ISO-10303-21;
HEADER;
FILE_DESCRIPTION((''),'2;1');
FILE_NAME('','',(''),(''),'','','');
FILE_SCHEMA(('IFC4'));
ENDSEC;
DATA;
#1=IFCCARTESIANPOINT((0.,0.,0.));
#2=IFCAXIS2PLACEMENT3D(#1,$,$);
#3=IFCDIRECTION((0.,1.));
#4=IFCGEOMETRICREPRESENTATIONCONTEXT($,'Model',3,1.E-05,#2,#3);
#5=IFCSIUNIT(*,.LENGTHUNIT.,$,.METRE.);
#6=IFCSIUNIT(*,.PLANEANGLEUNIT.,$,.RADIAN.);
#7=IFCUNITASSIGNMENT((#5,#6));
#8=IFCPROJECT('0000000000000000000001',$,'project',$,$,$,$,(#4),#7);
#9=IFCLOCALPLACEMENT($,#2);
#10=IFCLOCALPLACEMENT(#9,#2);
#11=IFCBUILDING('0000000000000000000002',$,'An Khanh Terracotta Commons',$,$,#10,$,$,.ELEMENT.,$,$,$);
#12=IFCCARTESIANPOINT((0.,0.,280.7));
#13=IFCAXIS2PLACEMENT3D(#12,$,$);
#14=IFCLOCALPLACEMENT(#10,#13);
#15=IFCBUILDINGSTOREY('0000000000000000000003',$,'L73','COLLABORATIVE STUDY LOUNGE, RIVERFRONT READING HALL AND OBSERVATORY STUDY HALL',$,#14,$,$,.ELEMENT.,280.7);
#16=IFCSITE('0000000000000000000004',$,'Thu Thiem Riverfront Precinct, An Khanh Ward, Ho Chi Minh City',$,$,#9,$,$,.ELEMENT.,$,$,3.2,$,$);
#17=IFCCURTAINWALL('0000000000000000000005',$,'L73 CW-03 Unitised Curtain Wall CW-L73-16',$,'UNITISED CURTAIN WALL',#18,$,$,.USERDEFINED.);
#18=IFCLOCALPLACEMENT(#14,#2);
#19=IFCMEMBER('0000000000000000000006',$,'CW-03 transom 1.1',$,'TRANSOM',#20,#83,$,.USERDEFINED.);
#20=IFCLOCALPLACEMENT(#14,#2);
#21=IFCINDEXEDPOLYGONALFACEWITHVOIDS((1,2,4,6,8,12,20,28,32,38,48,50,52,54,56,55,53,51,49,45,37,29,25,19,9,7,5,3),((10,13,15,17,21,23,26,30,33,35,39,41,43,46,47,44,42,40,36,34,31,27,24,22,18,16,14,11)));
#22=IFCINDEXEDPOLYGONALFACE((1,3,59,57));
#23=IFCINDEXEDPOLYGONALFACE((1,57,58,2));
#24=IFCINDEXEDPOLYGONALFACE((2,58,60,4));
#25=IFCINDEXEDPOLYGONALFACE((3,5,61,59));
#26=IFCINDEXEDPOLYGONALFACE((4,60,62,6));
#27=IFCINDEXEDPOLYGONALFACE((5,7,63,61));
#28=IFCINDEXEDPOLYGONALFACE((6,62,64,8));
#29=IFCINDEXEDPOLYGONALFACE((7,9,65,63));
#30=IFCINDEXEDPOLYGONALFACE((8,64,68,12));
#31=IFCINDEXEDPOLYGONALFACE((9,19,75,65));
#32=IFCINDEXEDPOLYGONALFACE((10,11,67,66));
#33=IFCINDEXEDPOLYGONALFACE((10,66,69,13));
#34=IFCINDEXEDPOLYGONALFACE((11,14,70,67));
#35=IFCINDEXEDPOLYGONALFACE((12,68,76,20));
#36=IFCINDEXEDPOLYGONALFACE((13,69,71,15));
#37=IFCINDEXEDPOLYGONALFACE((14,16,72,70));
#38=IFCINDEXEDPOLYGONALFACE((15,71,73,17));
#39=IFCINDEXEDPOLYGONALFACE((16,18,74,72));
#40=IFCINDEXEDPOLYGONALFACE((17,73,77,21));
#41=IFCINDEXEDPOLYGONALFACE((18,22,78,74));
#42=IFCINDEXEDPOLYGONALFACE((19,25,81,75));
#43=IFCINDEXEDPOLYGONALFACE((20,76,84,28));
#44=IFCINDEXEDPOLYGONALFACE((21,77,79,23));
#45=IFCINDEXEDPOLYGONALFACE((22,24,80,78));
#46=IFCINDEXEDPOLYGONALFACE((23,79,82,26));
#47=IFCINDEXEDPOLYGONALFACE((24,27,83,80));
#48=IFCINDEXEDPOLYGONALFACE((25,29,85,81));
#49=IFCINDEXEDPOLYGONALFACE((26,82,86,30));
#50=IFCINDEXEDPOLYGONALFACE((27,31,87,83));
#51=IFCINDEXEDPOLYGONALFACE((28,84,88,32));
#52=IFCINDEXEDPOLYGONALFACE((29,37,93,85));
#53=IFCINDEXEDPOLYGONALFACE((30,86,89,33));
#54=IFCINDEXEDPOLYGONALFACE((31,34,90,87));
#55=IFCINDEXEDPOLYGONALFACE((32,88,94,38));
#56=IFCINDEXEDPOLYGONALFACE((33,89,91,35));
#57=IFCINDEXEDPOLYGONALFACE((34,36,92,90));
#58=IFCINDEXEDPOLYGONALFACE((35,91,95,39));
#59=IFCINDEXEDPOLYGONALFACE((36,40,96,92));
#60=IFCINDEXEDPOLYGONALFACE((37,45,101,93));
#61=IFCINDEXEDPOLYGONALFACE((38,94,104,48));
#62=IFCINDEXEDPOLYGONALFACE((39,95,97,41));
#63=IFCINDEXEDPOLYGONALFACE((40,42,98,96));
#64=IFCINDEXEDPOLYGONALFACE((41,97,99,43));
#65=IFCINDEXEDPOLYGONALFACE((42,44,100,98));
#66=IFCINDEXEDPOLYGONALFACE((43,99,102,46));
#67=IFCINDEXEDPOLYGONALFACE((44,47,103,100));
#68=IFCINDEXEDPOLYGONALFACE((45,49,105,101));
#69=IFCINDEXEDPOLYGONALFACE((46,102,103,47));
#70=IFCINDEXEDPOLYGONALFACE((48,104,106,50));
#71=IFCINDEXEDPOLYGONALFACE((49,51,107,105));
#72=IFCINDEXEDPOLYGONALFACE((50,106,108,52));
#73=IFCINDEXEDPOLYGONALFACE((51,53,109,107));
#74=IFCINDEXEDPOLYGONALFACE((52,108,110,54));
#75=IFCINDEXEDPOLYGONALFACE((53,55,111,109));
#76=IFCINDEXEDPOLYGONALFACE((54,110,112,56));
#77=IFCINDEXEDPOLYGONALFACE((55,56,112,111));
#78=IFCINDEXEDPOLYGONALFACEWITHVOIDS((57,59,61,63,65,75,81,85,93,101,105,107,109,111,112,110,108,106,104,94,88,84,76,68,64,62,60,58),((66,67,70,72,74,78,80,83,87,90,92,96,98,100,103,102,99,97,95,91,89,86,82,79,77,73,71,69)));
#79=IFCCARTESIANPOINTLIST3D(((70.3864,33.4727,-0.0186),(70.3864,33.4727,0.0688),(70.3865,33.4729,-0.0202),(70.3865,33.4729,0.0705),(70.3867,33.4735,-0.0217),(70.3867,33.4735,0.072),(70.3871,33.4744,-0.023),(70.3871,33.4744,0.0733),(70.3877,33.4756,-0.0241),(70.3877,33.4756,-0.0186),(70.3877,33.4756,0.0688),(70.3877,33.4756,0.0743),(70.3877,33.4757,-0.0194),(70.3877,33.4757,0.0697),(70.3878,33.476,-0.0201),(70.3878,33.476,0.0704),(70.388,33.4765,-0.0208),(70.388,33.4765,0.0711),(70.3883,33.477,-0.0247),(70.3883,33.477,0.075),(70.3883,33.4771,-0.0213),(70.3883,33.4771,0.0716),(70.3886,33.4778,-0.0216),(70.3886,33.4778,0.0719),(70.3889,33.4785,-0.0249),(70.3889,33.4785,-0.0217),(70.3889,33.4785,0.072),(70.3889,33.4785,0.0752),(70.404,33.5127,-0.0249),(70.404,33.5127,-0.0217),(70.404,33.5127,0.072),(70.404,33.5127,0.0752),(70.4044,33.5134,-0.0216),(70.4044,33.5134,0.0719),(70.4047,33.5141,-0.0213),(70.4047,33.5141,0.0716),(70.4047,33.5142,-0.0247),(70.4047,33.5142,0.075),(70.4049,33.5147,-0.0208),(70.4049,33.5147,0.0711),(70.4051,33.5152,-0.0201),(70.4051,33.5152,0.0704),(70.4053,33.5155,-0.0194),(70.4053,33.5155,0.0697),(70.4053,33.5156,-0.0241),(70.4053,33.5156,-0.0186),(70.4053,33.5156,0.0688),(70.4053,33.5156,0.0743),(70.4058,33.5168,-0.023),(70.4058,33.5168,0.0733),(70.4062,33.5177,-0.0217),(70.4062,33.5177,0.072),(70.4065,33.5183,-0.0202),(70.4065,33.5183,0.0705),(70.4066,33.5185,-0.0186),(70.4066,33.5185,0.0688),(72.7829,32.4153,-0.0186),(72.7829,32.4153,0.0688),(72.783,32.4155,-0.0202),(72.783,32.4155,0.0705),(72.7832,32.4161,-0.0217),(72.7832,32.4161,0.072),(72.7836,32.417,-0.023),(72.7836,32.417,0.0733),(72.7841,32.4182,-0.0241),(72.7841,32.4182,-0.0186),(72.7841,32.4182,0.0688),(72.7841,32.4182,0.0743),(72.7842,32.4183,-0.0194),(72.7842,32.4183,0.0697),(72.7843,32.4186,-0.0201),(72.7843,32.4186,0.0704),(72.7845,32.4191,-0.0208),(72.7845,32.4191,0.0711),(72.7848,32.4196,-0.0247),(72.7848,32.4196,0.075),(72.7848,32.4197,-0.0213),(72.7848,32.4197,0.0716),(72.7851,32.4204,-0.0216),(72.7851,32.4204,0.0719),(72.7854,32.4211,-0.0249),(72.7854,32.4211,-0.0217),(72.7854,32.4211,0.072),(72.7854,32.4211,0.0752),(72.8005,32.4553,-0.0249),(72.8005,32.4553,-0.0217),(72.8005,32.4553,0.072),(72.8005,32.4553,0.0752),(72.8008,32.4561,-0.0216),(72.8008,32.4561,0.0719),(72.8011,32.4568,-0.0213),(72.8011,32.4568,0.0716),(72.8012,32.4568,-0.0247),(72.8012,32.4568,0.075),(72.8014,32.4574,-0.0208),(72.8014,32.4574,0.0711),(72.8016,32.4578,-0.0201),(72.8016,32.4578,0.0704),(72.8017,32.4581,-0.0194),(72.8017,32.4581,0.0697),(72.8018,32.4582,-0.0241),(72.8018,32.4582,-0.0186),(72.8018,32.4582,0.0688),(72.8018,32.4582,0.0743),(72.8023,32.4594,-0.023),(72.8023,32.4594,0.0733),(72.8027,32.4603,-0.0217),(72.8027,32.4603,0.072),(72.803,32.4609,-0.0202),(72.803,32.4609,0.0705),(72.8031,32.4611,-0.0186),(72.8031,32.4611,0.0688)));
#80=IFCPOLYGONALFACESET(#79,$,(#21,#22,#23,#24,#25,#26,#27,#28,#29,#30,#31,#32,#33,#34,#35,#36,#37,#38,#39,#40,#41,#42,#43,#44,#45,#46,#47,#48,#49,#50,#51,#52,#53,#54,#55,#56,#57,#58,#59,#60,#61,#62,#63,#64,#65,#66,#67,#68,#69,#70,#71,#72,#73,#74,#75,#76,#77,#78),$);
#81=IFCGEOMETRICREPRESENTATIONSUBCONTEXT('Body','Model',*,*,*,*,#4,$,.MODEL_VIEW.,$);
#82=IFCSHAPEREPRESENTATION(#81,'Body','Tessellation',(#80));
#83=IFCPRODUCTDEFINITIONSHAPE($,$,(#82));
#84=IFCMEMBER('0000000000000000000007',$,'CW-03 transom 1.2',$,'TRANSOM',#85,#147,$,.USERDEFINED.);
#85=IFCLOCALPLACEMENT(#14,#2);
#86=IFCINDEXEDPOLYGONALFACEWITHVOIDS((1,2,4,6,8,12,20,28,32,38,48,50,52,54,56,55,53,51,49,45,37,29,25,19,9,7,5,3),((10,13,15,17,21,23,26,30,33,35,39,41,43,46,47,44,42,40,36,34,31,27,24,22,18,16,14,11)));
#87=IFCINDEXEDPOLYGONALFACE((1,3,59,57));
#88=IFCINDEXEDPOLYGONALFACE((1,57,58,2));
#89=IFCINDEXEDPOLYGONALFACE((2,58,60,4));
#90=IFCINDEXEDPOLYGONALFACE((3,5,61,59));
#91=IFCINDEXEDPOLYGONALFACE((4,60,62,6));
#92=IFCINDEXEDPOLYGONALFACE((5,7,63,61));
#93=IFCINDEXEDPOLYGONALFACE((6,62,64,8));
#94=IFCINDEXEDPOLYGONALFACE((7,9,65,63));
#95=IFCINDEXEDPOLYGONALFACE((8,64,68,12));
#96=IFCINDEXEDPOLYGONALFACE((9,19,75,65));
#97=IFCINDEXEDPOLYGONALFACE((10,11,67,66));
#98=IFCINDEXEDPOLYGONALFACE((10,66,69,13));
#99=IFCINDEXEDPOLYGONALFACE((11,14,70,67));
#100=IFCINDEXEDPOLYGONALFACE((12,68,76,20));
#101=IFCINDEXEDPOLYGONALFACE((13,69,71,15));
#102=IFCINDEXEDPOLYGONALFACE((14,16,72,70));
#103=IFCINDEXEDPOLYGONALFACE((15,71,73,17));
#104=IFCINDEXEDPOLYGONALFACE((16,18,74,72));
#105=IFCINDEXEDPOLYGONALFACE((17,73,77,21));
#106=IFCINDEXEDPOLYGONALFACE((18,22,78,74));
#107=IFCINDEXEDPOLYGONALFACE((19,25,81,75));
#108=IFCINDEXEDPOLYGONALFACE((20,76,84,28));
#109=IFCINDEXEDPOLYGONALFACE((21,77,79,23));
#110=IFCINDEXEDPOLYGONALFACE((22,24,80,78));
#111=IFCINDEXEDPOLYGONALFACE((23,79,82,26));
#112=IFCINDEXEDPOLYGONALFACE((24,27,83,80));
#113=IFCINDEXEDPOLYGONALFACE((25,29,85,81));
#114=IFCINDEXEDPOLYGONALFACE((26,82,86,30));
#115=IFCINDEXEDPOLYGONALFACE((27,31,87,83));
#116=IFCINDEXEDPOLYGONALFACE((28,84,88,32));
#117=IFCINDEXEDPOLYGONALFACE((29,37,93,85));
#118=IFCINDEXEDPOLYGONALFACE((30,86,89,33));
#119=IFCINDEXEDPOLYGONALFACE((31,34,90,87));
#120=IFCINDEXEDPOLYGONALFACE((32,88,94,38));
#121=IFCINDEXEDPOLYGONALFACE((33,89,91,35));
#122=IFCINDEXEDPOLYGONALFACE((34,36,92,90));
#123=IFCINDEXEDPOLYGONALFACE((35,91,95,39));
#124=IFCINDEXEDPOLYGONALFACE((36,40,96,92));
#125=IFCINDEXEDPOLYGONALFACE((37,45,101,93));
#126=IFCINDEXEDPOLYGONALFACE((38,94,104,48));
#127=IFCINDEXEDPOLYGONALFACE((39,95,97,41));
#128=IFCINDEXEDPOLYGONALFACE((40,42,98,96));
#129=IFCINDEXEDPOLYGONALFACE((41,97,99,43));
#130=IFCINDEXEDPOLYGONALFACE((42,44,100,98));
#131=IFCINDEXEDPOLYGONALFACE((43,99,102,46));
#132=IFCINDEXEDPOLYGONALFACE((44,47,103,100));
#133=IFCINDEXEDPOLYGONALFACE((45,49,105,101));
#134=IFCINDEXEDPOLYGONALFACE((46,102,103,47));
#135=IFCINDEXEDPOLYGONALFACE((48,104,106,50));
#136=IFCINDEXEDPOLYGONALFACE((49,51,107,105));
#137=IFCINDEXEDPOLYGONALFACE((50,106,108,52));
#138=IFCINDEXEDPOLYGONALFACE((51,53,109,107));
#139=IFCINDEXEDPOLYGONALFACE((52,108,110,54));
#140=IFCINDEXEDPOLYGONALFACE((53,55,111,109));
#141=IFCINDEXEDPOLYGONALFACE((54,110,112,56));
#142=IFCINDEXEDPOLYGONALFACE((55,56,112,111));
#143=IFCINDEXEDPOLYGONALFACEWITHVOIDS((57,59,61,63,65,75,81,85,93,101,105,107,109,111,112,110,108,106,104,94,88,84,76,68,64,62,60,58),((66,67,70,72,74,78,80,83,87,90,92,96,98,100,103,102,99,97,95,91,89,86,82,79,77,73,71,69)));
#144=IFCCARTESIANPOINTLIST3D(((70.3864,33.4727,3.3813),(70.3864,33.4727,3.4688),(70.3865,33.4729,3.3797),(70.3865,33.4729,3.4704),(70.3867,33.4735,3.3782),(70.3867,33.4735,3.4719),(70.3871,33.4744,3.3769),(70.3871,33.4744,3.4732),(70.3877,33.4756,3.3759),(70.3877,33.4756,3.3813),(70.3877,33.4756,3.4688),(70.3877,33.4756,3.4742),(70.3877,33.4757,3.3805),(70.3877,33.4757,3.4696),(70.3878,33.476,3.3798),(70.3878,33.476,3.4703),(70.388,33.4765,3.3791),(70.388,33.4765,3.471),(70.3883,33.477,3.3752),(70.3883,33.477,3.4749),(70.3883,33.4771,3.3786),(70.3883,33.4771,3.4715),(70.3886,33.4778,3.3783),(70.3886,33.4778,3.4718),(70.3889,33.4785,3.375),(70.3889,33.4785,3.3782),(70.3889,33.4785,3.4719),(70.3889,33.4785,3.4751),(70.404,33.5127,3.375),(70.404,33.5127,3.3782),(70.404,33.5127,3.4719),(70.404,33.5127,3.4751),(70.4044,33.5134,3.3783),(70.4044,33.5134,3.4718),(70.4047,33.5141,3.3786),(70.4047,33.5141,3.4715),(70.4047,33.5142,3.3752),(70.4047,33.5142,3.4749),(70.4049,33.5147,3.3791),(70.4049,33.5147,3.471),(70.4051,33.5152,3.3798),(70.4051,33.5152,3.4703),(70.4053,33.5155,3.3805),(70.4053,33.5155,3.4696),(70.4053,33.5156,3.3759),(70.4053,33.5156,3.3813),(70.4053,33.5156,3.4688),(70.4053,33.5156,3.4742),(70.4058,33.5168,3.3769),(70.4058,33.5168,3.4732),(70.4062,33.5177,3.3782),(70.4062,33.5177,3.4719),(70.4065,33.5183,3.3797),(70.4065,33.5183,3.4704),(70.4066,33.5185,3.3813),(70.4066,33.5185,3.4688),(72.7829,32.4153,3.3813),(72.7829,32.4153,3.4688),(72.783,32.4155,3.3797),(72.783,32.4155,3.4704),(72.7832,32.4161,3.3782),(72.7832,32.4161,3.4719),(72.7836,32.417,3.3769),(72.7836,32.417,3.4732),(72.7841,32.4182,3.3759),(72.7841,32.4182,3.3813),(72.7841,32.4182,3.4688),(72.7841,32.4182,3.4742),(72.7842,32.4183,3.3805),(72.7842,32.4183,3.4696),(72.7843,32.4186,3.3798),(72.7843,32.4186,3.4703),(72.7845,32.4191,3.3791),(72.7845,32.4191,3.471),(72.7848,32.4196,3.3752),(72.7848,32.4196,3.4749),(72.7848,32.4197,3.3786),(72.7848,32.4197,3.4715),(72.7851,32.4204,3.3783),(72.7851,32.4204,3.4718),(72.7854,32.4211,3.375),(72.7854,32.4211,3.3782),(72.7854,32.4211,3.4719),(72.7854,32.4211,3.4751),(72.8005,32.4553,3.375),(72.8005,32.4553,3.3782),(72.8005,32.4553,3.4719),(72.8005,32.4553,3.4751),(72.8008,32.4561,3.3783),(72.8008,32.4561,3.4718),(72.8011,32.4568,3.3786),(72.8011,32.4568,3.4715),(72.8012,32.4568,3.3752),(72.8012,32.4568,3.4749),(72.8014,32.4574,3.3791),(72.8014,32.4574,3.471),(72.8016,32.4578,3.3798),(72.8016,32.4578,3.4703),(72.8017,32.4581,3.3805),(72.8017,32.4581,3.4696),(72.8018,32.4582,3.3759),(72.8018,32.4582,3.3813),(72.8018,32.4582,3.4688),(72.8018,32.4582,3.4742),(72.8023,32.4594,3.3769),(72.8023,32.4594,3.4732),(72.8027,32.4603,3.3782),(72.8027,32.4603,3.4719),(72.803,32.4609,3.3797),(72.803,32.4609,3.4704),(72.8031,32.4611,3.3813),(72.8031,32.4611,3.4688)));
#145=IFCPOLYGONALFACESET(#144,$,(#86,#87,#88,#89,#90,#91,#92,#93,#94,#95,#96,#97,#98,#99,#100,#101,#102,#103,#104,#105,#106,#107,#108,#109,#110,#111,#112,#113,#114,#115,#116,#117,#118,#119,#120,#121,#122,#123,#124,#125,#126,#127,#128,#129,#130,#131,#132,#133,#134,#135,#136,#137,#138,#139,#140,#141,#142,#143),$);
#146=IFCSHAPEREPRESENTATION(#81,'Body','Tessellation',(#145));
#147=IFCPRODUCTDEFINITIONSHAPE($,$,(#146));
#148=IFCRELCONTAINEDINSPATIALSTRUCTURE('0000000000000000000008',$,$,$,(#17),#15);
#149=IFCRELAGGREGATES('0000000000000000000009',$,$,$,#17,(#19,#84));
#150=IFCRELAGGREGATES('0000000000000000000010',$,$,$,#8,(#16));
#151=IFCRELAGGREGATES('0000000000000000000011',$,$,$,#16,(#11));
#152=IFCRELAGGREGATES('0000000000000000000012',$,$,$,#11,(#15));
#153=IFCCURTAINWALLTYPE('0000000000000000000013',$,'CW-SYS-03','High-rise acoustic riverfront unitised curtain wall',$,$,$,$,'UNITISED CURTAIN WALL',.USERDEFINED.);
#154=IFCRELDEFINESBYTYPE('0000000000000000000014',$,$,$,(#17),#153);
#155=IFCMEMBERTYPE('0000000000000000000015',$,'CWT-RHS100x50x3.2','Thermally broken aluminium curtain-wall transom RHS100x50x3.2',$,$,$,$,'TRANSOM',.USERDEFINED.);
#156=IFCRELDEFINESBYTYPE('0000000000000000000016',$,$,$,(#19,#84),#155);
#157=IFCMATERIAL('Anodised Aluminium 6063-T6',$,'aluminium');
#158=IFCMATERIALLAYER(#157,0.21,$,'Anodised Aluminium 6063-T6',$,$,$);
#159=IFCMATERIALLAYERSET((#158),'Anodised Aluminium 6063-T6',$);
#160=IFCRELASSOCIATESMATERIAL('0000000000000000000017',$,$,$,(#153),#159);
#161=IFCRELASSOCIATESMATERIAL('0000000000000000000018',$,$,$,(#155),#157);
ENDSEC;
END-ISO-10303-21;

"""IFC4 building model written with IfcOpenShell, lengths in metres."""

from ifc_helpers import new_model, si_unit, direction, frame, origin, origin_2d, place, context, subcontext, project, spatial, hollow_rectangle, extrude, material, layer, layer_set, material_profile, profile_set, type_object, element, aggregate, save


model = new_model("IFC4")

# Units and contexts
model_context = context("Model", 3, precision=1e-05, world=origin(), true_north=direction((0.0, 1.0)))
body_context = subcontext(model_context, "Body", "Model", "MODEL_VIEW")
ifc_project = project(units=[si_unit("LENGTHUNIT", "METRE"), si_unit("PLANEANGLEUNIT", "RADIAN")], contexts=[model_context])

# Site, building, storey
site_placement = place(None, origin())
site = spatial("IfcSite", under=ifc_project, at=site_placement, Name="Thu Thiem Riverfront Precinct, An Khanh Ward, Ho Chi Minh City", CompositionType="ELEMENT", RefElevation=3.2)
building_placement = place(site_placement, origin())
building = spatial("IfcBuilding", under=site, at=building_placement, Name="An Khanh Terracotta Commons", CompositionType="ELEMENT")
storey_placement = place(building_placement, frame((0.0, 0.0, 280.7)))
storey = spatial("IfcBuildingStorey", under=building, at=storey_placement, Name="L73", Description="COLLABORATIVE STUDY LOUNGE, RIVERFRONT READING HALL AND OBSERVATORY STUDY HALL", CompositionType="ELEMENT", Elevation=280.7)

# Curtain wall
ifc_material_1 = material(Name="Anodised Aluminium 6063-T6", Category="aluminium")
ifc_layer_1 = layer(ifc_material_1, 0.21, Name="Anodised Aluminium 6063-T6")
ifc_layer_set_1 = layer_set([ifc_layer_1], Name="Anodised Aluminium 6063-T6")
curtain_wall_type = type_object("IfcCurtainWallType", Name="CW-SYS-03", Description="High-rise acoustic riverfront unitised curtain wall", ElementType="UNITISED CURTAIN WALL", PredefinedType="USERDEFINED", material=ifc_layer_set_1)
curtain_wall_1_placement = place(storey_placement, origin())
curtain_wall_1 = element("IfcCurtainWall", 1, at=curtain_wall_1_placement, inside=storey, type_object=curtain_wall_type, Name="L73 CW-03 Unitised Curtain Wall CW-L73-16", ObjectType="UNITISED CURTAIN WALL", PredefinedType="USERDEFINED")

# Members
ifc_material_profile_1 = material_profile(ifc_material_1, hollow_rectangle(XDim=0.05, YDim=0.1001, WallThickness=0.0032, InnerFilletRadius=0.0032, OuterFilletRadius=0.0063, at=origin_2d()), Name="RHS100x50x3.2")
ifc_profile_set_1 = profile_set([ifc_material_profile_1], Name="Anodised Aluminium 6063-T6")
member_type_1 = type_object("IfcMemberType", Name="CWT-RHS100x50x3.2", Description="Thermally broken aluminium curtain-wall transom RHS100x50x3.2", ElementType="TRANSOM", PredefinedType="USERDEFINED", material=ifc_profile_set_1)
member_1_placement = place(storey_placement, frame((72.793, 32.4382, 0.0251), z_axis=(-0.914904, 0.403672, 0.0), x_axis=(-0.403672, -0.914904, 0.0)))
member_1 = element("IfcMember", 2, at=member_1_placement, type_object=member_type_1, Name="CW-03 transom 1.1", ObjectType="TRANSOM", PredefinedType="USERDEFINED", context=body_context, shape_type="SweptSolid", body=[
    extrude(hollow_rectangle(XDim=0.05, YDim=0.1001, WallThickness=0.0032, InnerFilletRadius=0.0032, OuterFilletRadius=0.0063, at=origin_2d()), origin(), (0.0, 0.0, 1.0), 2.6194),
])
member_2_placement = place(storey_placement, frame((72.793, 32.4382, 3.425), z_axis=(-0.914904, 0.403672, 0.0), x_axis=(-0.403672, -0.914904, 0.0)))
member_2 = element("IfcMember", 3, at=member_2_placement, type_object=member_type_1, Name="CW-03 transom 1.2", ObjectType="TRANSOM", PredefinedType="USERDEFINED", context=body_context, shape_type="SweptSolid", body=[
    extrude(hollow_rectangle(XDim=0.05, YDim=0.1001, WallThickness=0.0032, InnerFilletRadius=0.0032, OuterFilletRadius=0.0063, at=origin_2d()), origin(), (0.0, 0.0, 1.0), 2.6194),
])

aggregate(curtain_wall_1, [member_1, member_2])

save(model, "model.ifc")
